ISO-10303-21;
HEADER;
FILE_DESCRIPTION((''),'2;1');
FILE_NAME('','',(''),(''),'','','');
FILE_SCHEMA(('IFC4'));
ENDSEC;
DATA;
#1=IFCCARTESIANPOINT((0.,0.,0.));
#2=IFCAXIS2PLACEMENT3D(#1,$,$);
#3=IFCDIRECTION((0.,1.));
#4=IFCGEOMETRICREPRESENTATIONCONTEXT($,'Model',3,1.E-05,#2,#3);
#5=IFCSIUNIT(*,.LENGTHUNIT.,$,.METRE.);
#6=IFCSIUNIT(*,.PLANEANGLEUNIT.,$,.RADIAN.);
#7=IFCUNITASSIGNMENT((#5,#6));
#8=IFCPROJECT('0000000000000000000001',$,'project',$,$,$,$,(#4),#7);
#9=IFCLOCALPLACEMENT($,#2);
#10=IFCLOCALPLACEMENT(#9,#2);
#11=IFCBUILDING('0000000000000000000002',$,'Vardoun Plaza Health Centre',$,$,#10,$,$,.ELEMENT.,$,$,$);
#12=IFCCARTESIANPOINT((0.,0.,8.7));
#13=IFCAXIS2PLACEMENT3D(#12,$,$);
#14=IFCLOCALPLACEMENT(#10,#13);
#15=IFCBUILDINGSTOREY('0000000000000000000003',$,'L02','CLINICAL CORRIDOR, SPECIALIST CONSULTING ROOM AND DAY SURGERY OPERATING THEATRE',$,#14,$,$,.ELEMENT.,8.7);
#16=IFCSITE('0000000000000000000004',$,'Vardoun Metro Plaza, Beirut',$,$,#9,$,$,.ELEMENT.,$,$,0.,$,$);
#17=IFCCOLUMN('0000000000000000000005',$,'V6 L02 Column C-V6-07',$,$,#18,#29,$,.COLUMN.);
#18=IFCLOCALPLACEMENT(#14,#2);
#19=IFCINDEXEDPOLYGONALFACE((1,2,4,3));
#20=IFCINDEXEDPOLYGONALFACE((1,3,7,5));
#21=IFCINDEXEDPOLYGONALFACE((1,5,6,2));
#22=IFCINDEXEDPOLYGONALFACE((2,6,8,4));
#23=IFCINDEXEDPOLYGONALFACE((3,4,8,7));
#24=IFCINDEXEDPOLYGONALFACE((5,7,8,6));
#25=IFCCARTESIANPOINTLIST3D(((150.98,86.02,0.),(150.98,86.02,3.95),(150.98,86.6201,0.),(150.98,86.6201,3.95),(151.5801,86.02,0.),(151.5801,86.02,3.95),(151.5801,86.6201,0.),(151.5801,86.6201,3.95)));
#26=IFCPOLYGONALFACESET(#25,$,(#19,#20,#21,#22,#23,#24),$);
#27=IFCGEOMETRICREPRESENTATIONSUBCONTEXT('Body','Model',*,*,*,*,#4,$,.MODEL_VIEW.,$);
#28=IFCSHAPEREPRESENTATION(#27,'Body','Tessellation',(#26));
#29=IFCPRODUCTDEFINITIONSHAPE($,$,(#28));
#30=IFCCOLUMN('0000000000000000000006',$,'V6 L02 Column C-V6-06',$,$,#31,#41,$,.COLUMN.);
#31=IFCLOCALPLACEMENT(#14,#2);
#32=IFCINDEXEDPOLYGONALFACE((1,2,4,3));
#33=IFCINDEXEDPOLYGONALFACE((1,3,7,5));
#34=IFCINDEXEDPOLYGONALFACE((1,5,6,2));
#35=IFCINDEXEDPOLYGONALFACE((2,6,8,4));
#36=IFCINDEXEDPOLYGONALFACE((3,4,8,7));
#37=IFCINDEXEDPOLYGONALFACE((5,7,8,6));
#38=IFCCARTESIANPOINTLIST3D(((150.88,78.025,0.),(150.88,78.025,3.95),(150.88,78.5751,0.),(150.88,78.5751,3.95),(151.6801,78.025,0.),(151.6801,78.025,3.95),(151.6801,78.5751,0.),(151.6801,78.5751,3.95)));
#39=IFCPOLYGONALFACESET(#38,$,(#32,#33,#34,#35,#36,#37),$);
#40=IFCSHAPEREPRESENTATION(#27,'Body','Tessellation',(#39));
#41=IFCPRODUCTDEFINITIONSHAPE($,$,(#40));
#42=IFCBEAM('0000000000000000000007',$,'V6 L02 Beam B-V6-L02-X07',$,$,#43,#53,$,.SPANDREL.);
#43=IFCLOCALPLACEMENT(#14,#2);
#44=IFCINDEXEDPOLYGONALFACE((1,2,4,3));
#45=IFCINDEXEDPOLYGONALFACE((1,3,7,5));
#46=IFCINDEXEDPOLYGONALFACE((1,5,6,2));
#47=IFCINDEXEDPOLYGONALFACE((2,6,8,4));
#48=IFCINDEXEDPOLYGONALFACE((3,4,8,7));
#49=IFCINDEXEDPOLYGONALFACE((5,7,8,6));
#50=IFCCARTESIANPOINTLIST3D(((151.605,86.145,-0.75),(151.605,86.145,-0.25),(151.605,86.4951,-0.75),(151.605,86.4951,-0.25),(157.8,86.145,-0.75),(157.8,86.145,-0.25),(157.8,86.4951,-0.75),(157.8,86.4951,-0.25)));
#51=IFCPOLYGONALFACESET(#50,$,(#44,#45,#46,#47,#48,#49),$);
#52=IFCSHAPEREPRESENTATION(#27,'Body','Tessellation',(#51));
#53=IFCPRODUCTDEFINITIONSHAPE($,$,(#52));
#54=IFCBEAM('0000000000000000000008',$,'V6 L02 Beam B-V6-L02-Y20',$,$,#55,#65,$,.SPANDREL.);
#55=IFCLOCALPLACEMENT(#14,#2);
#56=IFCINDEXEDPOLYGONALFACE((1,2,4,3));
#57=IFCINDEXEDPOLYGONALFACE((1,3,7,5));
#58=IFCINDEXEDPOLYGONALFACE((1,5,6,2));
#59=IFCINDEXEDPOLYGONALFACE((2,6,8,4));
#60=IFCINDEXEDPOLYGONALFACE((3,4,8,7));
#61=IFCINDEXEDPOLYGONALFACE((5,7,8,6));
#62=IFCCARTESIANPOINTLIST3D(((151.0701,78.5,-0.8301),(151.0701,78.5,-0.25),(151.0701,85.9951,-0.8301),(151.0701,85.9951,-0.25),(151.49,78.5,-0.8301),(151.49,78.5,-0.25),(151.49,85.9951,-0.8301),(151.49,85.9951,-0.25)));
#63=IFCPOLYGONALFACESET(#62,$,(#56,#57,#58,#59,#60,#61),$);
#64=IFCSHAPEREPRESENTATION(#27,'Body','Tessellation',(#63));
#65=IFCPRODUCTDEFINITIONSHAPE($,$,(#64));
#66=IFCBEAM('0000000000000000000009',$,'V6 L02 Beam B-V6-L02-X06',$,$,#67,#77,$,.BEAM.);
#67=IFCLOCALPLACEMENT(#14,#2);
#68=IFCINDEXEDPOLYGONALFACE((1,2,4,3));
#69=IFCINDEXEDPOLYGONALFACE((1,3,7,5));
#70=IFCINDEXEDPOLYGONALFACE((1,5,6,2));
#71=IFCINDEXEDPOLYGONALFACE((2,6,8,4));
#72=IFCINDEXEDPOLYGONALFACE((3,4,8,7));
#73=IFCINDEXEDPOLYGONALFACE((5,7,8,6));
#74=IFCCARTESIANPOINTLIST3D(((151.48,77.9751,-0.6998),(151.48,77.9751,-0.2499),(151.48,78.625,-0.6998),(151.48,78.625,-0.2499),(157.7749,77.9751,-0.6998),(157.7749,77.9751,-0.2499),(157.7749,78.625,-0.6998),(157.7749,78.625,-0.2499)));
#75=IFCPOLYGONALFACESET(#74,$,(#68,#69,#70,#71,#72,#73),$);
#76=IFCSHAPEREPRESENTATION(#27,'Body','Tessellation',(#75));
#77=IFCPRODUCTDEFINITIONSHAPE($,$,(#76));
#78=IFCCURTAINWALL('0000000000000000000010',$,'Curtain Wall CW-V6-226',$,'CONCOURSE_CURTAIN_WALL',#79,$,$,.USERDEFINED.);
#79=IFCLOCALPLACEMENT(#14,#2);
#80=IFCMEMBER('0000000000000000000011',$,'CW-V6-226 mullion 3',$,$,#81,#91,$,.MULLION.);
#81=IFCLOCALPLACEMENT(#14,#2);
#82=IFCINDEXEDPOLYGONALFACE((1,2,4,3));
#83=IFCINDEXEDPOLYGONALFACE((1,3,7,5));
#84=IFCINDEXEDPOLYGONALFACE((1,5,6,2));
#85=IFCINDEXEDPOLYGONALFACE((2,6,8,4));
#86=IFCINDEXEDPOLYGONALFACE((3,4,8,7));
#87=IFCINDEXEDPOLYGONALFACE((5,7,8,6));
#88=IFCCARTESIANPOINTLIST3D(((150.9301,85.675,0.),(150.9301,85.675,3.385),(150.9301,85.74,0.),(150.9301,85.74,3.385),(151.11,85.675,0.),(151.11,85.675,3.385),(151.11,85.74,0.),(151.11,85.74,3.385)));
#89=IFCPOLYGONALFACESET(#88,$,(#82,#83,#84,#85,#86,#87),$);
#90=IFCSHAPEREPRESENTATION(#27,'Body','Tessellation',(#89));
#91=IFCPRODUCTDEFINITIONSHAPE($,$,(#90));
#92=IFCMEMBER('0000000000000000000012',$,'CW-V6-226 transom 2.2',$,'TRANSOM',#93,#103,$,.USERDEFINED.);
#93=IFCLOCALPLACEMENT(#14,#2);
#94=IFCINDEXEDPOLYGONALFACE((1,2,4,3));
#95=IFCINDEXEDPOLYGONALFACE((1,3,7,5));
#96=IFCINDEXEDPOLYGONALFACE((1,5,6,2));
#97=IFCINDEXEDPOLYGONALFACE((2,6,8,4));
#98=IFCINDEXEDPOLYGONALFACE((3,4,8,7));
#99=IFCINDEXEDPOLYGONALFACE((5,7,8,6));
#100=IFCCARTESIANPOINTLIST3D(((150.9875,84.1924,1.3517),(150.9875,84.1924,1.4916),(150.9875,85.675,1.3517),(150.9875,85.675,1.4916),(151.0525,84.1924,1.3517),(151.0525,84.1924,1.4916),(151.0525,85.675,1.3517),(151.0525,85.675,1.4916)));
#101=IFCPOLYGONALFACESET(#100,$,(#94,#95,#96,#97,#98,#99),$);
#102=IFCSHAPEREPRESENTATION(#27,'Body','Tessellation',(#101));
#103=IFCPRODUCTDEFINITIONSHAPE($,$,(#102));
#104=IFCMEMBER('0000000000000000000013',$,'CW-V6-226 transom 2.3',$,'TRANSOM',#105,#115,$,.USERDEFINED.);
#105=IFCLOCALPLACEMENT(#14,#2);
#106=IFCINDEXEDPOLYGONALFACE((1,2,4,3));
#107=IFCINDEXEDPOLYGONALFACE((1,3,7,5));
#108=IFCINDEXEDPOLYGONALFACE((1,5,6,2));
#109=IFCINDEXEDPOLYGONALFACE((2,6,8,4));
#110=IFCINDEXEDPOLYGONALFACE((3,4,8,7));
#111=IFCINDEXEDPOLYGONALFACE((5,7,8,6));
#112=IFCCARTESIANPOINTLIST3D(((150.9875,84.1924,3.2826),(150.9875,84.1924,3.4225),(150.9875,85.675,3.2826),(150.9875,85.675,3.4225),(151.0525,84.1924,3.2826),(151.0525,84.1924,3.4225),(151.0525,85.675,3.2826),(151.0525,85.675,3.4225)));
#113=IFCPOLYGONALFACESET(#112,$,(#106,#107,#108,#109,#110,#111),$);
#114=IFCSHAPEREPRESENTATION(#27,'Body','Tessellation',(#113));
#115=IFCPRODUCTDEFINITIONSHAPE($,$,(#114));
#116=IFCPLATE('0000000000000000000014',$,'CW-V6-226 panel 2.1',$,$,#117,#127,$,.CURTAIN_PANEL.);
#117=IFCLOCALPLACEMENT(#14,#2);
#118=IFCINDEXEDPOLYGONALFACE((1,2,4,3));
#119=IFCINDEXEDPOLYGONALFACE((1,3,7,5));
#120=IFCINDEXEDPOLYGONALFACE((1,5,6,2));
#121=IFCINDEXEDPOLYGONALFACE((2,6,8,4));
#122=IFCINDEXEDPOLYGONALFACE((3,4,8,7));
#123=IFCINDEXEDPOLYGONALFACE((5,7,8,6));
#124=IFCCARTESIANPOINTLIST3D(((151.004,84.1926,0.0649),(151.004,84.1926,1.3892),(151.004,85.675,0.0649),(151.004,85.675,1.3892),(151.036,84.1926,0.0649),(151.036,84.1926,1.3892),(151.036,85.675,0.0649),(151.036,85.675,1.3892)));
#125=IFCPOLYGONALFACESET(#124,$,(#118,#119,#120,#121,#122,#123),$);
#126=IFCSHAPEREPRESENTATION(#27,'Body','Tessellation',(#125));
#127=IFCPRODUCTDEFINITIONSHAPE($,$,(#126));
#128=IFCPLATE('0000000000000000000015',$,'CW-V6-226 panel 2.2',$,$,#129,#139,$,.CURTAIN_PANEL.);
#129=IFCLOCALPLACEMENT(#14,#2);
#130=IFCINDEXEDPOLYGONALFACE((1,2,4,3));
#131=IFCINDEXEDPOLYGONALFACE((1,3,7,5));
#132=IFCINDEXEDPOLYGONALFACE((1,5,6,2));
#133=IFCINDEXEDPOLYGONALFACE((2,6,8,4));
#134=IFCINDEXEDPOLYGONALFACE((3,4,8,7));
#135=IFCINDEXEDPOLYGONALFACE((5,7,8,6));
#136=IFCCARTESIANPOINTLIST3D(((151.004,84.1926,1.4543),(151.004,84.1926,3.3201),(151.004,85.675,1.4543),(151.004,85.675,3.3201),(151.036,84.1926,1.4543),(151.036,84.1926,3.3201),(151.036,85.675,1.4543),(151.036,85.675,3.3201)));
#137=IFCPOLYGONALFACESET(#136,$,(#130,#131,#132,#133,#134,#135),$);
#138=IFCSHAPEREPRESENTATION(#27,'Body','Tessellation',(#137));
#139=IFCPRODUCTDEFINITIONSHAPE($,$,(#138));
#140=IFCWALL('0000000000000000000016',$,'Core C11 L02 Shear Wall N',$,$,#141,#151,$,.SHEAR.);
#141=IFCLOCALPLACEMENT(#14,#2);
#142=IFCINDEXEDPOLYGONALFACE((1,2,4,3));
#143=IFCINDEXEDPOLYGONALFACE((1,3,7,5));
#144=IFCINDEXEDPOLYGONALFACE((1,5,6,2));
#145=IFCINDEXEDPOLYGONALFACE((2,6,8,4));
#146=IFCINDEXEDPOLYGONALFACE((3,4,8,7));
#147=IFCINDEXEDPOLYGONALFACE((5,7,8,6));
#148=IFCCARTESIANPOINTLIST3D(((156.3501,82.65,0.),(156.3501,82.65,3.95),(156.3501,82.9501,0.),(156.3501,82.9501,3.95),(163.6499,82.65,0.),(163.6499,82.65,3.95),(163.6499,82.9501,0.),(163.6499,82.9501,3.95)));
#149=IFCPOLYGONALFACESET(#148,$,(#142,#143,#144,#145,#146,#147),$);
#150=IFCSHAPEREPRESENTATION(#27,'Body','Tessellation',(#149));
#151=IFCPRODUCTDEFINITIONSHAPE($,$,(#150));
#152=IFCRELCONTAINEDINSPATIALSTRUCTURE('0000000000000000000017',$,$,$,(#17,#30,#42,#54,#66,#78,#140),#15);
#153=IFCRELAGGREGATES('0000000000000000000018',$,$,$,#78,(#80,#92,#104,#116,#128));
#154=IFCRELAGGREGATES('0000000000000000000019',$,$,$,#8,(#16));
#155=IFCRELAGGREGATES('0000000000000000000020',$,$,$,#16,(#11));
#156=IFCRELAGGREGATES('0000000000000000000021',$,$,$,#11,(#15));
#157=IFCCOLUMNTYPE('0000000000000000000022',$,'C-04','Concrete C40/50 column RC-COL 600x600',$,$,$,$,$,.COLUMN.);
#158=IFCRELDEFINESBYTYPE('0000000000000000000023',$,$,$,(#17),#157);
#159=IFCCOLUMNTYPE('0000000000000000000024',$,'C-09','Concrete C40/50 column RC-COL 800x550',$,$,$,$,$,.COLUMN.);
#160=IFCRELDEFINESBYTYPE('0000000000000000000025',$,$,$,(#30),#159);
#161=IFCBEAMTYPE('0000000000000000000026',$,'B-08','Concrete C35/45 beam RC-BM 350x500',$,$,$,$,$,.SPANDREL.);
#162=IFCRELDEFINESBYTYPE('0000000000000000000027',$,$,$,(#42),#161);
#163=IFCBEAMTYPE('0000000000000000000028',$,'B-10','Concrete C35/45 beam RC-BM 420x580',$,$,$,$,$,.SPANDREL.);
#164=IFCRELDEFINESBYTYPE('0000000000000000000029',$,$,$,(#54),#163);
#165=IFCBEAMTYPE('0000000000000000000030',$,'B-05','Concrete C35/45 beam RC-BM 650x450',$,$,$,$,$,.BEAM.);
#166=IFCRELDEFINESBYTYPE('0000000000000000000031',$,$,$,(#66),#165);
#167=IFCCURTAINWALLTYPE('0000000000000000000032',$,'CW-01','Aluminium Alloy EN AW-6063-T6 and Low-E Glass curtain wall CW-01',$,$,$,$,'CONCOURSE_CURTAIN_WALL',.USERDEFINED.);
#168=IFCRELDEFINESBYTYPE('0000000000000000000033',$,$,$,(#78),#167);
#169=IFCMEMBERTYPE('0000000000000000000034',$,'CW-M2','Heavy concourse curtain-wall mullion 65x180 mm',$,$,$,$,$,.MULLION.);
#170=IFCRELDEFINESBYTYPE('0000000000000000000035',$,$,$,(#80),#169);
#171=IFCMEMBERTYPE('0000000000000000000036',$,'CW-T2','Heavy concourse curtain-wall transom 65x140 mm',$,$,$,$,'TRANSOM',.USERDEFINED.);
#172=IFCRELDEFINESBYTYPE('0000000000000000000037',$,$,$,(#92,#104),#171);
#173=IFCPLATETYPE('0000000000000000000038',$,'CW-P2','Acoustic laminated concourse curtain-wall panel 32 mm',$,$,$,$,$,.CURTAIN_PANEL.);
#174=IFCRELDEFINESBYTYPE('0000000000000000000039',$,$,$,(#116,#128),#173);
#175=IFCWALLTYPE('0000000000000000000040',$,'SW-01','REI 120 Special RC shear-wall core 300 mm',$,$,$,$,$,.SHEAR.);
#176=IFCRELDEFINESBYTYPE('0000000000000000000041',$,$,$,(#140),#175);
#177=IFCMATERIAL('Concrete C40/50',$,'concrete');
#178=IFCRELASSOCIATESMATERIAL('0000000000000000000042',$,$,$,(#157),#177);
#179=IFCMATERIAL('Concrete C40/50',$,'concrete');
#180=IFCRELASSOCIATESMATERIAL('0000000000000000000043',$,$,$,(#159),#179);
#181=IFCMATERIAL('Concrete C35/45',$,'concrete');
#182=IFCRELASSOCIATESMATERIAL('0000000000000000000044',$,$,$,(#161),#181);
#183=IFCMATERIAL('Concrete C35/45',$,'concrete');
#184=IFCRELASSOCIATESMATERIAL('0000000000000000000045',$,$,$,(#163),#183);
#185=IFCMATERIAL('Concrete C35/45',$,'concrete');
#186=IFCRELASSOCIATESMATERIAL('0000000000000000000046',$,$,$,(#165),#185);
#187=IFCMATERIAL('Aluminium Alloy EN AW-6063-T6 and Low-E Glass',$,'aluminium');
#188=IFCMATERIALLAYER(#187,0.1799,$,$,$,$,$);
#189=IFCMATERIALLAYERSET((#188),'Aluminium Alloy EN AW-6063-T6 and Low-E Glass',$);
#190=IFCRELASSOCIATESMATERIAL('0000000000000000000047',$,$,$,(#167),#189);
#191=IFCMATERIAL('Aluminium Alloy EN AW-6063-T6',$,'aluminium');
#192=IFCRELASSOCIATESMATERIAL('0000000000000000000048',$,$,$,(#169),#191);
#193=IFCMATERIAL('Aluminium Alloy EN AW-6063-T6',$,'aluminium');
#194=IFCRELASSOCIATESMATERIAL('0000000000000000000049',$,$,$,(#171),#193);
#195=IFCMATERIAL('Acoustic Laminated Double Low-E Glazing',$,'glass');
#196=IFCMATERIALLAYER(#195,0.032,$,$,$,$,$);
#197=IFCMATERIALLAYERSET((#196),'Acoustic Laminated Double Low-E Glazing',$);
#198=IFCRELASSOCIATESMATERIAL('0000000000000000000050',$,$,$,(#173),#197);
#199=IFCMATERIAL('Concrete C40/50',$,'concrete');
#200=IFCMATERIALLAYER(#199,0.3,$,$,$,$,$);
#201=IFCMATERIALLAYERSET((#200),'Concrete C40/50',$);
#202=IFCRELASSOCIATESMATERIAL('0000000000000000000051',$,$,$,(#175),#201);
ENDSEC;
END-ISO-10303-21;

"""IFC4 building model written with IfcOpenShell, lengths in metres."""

from ifc_helpers import new_model, si_unit, direction, frame, frame_2d, origin, origin_2d, place, context, subcontext, project, spatial, rectangle, extrude, material, layer, layer_set, material_profile, profile_set, type_object, element, aggregate, save


model = new_model("IFC4")

# Units and contexts
model_context = context("Model", 3, precision=1e-05, world=origin(), true_north=direction((0.0, 1.0)))
body_context = subcontext(model_context, "Body", "Model", "MODEL_VIEW")
ifc_project = project(units=[si_unit("LENGTHUNIT", "METRE"), si_unit("PLANEANGLEUNIT", "RADIAN")], contexts=[model_context])

# Site, building, storey
site_placement = place(None, origin())
site = spatial("IfcSite", under=ifc_project, at=site_placement, Name="Vardoun Metro Plaza, Beirut", CompositionType="ELEMENT", RefElevation=0.0)
building_placement = place(site_placement, origin())
building = spatial("IfcBuilding", under=site, at=building_placement, Name="Vardoun Plaza Health Centre", CompositionType="ELEMENT")
storey_placement = place(building_placement, frame((0.0, 0.0, 8.7)))
storey = spatial("IfcBuildingStorey", under=building, at=storey_placement, Name="L02", Description="CLINICAL CORRIDOR, SPECIALIST CONSULTING ROOM AND DAY SURGERY OPERATING THEATRE", CompositionType="ELEMENT", Elevation=8.7)

# Columns
ifc_material_1 = material(Name="Concrete C40/50", Category="concrete")
ifc_material_profile_1 = material_profile(ifc_material_1, rectangle(XDim=0.6001, YDim=0.6001, at=origin_2d()), Name="RC-COL 600x600")
ifc_profile_set_1 = profile_set([ifc_material_profile_1], Name="Concrete C40/50")
column_type_1 = type_object("IfcColumnType", Name="C-04", Description="Concrete C40/50 column RC-COL 600x600", PredefinedType="COLUMN", material=ifc_profile_set_1)
column_1_placement = place(storey_placement, frame((151.28, 86.3201, 0.0), z_axis=(0.0, 0.0, 1.0), x_axis=(1.0, 0.0, 0.0)))
element("IfcColumn", 1, at=column_1_placement, inside=storey, type_object=column_type_1, Name="V6 L02 Column C-V6-07", PredefinedType="COLUMN", context=body_context, shape_type="SweptSolid", body=[
    extrude(rectangle(XDim=0.6001, YDim=0.6001, at=origin_2d()), origin(), (0.0, 0.0, 1.0), 3.95),
])
ifc_material_2 = material(Name="Concrete C40/50", Category="concrete")
ifc_material_profile_2 = material_profile(ifc_material_2, rectangle(XDim=0.8, YDim=0.55, at=origin_2d()), Name="RC-COL 800x550")
ifc_profile_set_2 = profile_set([ifc_material_profile_2], Name="Concrete C40/50")
column_type_2 = type_object("IfcColumnType", Name="C-09", Description="Concrete C40/50 column RC-COL 800x550", PredefinedType="COLUMN", material=ifc_profile_set_2)
column_2_placement = place(storey_placement, frame((151.28, 78.3, 0.0), z_axis=(0.0, 0.0, 1.0), x_axis=(1.0, 0.0, 0.0)))
element("IfcColumn", 2, at=column_2_placement, inside=storey, type_object=column_type_2, Name="V6 L02 Column C-V6-06", PredefinedType="COLUMN", context=body_context, shape_type="SweptSolid", body=[
    extrude(rectangle(XDim=0.8, YDim=0.55, at=origin_2d()), origin(), (0.0, 0.0, 1.0), 3.95),
])

# Beams
ifc_material_3 = material(Name="Concrete C35/45", Category="concrete")
ifc_material_profile_3 = material_profile(ifc_material_3, rectangle(XDim=0.3501, YDim=0.5, at=origin_2d()), Name="RC-BM 350x500")
ifc_profile_set_3 = profile_set([ifc_material_profile_3], Name="Concrete C35/45")
beam_type_1 = type_object("IfcBeamType", Name="B-08", Description="Concrete C35/45 beam RC-BM 350x500", PredefinedType="SPANDREL", material=ifc_profile_set_3)
beam_1_placement = place(storey_placement, frame((151.605, 86.3201, -0.5), z_axis=(1.0, 0.0, 0.0), x_axis=(0.0, 1.0, 0.0)))
element("IfcBeam", 3, at=beam_1_placement, inside=storey, type_object=beam_type_1, Name="V6 L02 Beam B-V6-L02-X07", PredefinedType="SPANDREL", context=body_context, shape_type="SweptSolid", body=[
    extrude(rectangle(XDim=0.3501, YDim=0.5, at=origin_2d()), origin(), (0.0, 0.0, 1.0), 6.1951),
])
ifc_material_4 = material(Name="Concrete C35/45", Category="concrete")
ifc_material_profile_4 = material_profile(ifc_material_4, rectangle(XDim=0.4199, YDim=0.5801, at=origin_2d()), Name="RC-BM 420x580")
ifc_profile_set_4 = profile_set([ifc_material_profile_4], Name="Concrete C35/45")
beam_type_2 = type_object("IfcBeamType", Name="B-10", Description="Concrete C35/45 beam RC-BM 420x580", PredefinedType="SPANDREL", material=ifc_profile_set_4)
beam_2_placement = place(storey_placement, frame((151.28, 78.5, -0.54), z_axis=(0.0, 1.0, 0.0), x_axis=(-1.0, 0.0, 0.0)))
element("IfcBeam", 4, at=beam_2_placement, inside=storey, type_object=beam_type_2, Name="V6 L02 Beam B-V6-L02-Y20", PredefinedType="SPANDREL", context=body_context, shape_type="SweptSolid", body=[
    extrude(rectangle(XDim=0.4199, YDim=0.5801, at=origin_2d()), origin(), (0.0, 0.0, 1.0), 7.4951),
])
ifc_material_5 = material(Name="Concrete C35/45", Category="concrete")
ifc_material_profile_5 = material_profile(ifc_material_5, rectangle(XDim=0.6499, YDim=0.45, at=origin_2d()), Name="RC-BM 650x450")
ifc_profile_set_5 = profile_set([ifc_material_profile_5], Name="Concrete C35/45")
beam_type_3 = type_object("IfcBeamType", Name="B-05", Description="Concrete C35/45 beam RC-BM 650x450", PredefinedType="BEAM", material=ifc_profile_set_5)
beam_3_placement = place(storey_placement, frame((151.48, 78.3, -0.4749), z_axis=(1.0, 0.0, 0.0), x_axis=(0.0, 1.0, 0.0)))
element("IfcBeam", 5, at=beam_3_placement, inside=storey, type_object=beam_type_3, Name="V6 L02 Beam B-V6-L02-X06", PredefinedType="BEAM", context=body_context, shape_type="SweptSolid", body=[
    extrude(rectangle(XDim=0.6499, YDim=0.45, at=origin_2d()), origin(), (0.0, 0.0, 1.0), 6.2949),
])

# Curtain wall, members, plates
ifc_material_6 = material(Name="Aluminium Alloy EN AW-6063-T6 and Low-E Glass", Category="aluminium")
ifc_layer_1 = layer(ifc_material_6, 0.1799)
ifc_layer_set_1 = layer_set([ifc_layer_1], Name="Aluminium Alloy EN AW-6063-T6 and Low-E Glass")
curtain_wall_type = type_object("IfcCurtainWallType", Name="CW-01", Description="Aluminium Alloy EN AW-6063-T6 and Low-E Glass curtain wall CW-01", ElementType="CONCOURSE_CURTAIN_WALL", PredefinedType="USERDEFINED", material=ifc_layer_set_1)
curtain_wall_placement = place(storey_placement, origin())
curtain_wall = element("IfcCurtainWall", 6, at=curtain_wall_placement, inside=storey, type_object=curtain_wall_type, Name="Curtain Wall CW-V6-226", ObjectType="CONCOURSE_CURTAIN_WALL", PredefinedType="USERDEFINED")
ifc_material_7 = material(Name="Aluminium Alloy EN AW-6063-T6", Category="aluminium")
ifc_material_profile_6 = material_profile(ifc_material_7, rectangle(XDim=0.1799, YDim=0.0649, at=origin_2d()), Name="CWM 65x180")
ifc_profile_set_6 = profile_set([ifc_material_profile_6], Name="Aluminium Alloy EN AW-6063-T6")
member_type_1 = type_object("IfcMemberType", Name="CW-M2", Description="Heavy concourse curtain-wall mullion 65x180 mm", PredefinedType="MULLION", material=ifc_profile_set_6)
member_1_placement = place(storey_placement, frame((151.02, 85.7075, 0.0), z_axis=(0.0, 0.0, 1.0), x_axis=(-1.0, 0.0, 0.0)))
member_1 = element("IfcMember", 7, at=member_1_placement, type_object=member_type_1, Name="CW-V6-226 mullion 3", PredefinedType="MULLION", context=body_context, shape_type="SweptSolid", body=[
    extrude(rectangle(XDim=0.1799, YDim=0.0649, at=origin_2d()), origin(), (0.0, 0.0, 1.0), 3.385),
])
ifc_material_8 = material(Name="Aluminium Alloy EN AW-6063-T6", Category="aluminium")
ifc_material_profile_7 = material_profile(ifc_material_8, rectangle(XDim=0.0649, YDim=0.1399, at=origin_2d()), Name="CWT 65x140")
ifc_profile_set_7 = profile_set([ifc_material_profile_7], Name="Aluminium Alloy EN AW-6063-T6")
member_type_2 = type_object("IfcMemberType", Name="CW-T2", Description="Heavy concourse curtain-wall transom 65x140 mm", ElementType="TRANSOM", PredefinedType="USERDEFINED", material=ifc_profile_set_7)
member_2_placement = place(storey_placement, frame((151.02, 84.1924, 1.4216), z_axis=(0.0, 1.0, 0.0), x_axis=(-1.0, 0.0, 0.0)))
member_2 = element("IfcMember", 8, at=member_2_placement, type_object=member_type_2, Name="CW-V6-226 transom 2.2", ObjectType="TRANSOM", PredefinedType="USERDEFINED", context=body_context, shape_type="SweptSolid", body=[
    extrude(rectangle(XDim=0.0649, YDim=0.1399, at=origin_2d()), origin(), (0.0, 0.0, 1.0), 1.4827),
])
member_3_placement = place(storey_placement, frame((151.02, 84.1924, 3.3525), z_axis=(0.0, 1.0, 0.0), x_axis=(-1.0, 0.0, 0.0)))
member_3 = element("IfcMember", 9, at=member_3_placement, type_object=member_type_2, Name="CW-V6-226 transom 2.3", ObjectType="TRANSOM", PredefinedType="USERDEFINED", context=body_context, shape_type="SweptSolid", body=[
    extrude(rectangle(XDim=0.0649, YDim=0.1399, at=origin_2d()), origin(), (0.0, 0.0, 1.0), 1.4827),
])
ifc_material_9 = material(Name="Acoustic Laminated Double Low-E Glazing", Category="glass")
ifc_layer_2 = layer(ifc_material_9, 0.032)
ifc_layer_set_2 = layer_set([ifc_layer_2], Name="Acoustic Laminated Double Low-E Glazing")
plate_type = type_object("IfcPlateType", Name="CW-P2", Description="Acoustic laminated concourse curtain-wall panel 32 mm", PredefinedType="CURTAIN_PANEL", material=ifc_layer_set_2)
plate_1_placement = place(storey_placement, frame((151.02, 84.9338, 0.0649), z_axis=(0.0, 0.0, 1.0), x_axis=(0.0, 1.0, 0.0)))
plate_1 = element("IfcPlate", 10, at=plate_1_placement, type_object=plate_type, Name="CW-V6-226 panel 2.1", PredefinedType="CURTAIN_PANEL", context=body_context, shape_type="SweptSolid", body=[
    extrude(rectangle(XDim=1.4824, YDim=0.032, at=origin_2d()), origin(), (0.0, 0.0, 1.0), 1.3242),
])
plate_2_placement = place(storey_placement, frame((151.02, 84.9338, 1.4543), z_axis=(0.0, 0.0, 1.0), x_axis=(0.0, 1.0, 0.0)))
plate_2 = element("IfcPlate", 11, at=plate_2_placement, type_object=plate_type, Name="CW-V6-226 panel 2.2", PredefinedType="CURTAIN_PANEL", context=body_context, shape_type="SweptSolid", body=[
    extrude(rectangle(XDim=1.4824, YDim=0.032, at=origin_2d()), origin(), (0.0, 0.0, 1.0), 1.8657),
])
aggregate(curtain_wall, [member_1, member_2, member_3, plate_1, plate_2])

# Shared definitions
ifc_material_10 = material(Name="Concrete C40/50", Category="concrete")
ifc_layer_3 = layer(ifc_material_10, 0.3)
ifc_layer_set_3 = layer_set([ifc_layer_3], Name="Concrete C40/50")
wall_type_1 = type_object("IfcWallType", Name="SW-01", Description="REI 120 Special RC shear-wall core 300 mm", PredefinedType="SHEAR", material=ifc_layer_set_3)

# Wall
wall_1_placement = place(storey_placement, frame((156.3501, 82.8, 0.0), z_axis=(0.0, 0.0, 1.0), x_axis=(1.0, 0.0, 0.0)))
element("IfcWall", 12, at=wall_1_placement, inside=storey, type_object=wall_type_1, Name="Core C11 L02 Shear Wall N", PredefinedType="SHEAR", context=body_context, shape_type="SweptSolid", body=[
    extrude(rectangle(XDim=7.2998, YDim=0.3, at=frame_2d((3.6499, 0.0))), origin(), (0.0, 0.0, 1.0), 3.95),
])

save(model, "model.ifc")
